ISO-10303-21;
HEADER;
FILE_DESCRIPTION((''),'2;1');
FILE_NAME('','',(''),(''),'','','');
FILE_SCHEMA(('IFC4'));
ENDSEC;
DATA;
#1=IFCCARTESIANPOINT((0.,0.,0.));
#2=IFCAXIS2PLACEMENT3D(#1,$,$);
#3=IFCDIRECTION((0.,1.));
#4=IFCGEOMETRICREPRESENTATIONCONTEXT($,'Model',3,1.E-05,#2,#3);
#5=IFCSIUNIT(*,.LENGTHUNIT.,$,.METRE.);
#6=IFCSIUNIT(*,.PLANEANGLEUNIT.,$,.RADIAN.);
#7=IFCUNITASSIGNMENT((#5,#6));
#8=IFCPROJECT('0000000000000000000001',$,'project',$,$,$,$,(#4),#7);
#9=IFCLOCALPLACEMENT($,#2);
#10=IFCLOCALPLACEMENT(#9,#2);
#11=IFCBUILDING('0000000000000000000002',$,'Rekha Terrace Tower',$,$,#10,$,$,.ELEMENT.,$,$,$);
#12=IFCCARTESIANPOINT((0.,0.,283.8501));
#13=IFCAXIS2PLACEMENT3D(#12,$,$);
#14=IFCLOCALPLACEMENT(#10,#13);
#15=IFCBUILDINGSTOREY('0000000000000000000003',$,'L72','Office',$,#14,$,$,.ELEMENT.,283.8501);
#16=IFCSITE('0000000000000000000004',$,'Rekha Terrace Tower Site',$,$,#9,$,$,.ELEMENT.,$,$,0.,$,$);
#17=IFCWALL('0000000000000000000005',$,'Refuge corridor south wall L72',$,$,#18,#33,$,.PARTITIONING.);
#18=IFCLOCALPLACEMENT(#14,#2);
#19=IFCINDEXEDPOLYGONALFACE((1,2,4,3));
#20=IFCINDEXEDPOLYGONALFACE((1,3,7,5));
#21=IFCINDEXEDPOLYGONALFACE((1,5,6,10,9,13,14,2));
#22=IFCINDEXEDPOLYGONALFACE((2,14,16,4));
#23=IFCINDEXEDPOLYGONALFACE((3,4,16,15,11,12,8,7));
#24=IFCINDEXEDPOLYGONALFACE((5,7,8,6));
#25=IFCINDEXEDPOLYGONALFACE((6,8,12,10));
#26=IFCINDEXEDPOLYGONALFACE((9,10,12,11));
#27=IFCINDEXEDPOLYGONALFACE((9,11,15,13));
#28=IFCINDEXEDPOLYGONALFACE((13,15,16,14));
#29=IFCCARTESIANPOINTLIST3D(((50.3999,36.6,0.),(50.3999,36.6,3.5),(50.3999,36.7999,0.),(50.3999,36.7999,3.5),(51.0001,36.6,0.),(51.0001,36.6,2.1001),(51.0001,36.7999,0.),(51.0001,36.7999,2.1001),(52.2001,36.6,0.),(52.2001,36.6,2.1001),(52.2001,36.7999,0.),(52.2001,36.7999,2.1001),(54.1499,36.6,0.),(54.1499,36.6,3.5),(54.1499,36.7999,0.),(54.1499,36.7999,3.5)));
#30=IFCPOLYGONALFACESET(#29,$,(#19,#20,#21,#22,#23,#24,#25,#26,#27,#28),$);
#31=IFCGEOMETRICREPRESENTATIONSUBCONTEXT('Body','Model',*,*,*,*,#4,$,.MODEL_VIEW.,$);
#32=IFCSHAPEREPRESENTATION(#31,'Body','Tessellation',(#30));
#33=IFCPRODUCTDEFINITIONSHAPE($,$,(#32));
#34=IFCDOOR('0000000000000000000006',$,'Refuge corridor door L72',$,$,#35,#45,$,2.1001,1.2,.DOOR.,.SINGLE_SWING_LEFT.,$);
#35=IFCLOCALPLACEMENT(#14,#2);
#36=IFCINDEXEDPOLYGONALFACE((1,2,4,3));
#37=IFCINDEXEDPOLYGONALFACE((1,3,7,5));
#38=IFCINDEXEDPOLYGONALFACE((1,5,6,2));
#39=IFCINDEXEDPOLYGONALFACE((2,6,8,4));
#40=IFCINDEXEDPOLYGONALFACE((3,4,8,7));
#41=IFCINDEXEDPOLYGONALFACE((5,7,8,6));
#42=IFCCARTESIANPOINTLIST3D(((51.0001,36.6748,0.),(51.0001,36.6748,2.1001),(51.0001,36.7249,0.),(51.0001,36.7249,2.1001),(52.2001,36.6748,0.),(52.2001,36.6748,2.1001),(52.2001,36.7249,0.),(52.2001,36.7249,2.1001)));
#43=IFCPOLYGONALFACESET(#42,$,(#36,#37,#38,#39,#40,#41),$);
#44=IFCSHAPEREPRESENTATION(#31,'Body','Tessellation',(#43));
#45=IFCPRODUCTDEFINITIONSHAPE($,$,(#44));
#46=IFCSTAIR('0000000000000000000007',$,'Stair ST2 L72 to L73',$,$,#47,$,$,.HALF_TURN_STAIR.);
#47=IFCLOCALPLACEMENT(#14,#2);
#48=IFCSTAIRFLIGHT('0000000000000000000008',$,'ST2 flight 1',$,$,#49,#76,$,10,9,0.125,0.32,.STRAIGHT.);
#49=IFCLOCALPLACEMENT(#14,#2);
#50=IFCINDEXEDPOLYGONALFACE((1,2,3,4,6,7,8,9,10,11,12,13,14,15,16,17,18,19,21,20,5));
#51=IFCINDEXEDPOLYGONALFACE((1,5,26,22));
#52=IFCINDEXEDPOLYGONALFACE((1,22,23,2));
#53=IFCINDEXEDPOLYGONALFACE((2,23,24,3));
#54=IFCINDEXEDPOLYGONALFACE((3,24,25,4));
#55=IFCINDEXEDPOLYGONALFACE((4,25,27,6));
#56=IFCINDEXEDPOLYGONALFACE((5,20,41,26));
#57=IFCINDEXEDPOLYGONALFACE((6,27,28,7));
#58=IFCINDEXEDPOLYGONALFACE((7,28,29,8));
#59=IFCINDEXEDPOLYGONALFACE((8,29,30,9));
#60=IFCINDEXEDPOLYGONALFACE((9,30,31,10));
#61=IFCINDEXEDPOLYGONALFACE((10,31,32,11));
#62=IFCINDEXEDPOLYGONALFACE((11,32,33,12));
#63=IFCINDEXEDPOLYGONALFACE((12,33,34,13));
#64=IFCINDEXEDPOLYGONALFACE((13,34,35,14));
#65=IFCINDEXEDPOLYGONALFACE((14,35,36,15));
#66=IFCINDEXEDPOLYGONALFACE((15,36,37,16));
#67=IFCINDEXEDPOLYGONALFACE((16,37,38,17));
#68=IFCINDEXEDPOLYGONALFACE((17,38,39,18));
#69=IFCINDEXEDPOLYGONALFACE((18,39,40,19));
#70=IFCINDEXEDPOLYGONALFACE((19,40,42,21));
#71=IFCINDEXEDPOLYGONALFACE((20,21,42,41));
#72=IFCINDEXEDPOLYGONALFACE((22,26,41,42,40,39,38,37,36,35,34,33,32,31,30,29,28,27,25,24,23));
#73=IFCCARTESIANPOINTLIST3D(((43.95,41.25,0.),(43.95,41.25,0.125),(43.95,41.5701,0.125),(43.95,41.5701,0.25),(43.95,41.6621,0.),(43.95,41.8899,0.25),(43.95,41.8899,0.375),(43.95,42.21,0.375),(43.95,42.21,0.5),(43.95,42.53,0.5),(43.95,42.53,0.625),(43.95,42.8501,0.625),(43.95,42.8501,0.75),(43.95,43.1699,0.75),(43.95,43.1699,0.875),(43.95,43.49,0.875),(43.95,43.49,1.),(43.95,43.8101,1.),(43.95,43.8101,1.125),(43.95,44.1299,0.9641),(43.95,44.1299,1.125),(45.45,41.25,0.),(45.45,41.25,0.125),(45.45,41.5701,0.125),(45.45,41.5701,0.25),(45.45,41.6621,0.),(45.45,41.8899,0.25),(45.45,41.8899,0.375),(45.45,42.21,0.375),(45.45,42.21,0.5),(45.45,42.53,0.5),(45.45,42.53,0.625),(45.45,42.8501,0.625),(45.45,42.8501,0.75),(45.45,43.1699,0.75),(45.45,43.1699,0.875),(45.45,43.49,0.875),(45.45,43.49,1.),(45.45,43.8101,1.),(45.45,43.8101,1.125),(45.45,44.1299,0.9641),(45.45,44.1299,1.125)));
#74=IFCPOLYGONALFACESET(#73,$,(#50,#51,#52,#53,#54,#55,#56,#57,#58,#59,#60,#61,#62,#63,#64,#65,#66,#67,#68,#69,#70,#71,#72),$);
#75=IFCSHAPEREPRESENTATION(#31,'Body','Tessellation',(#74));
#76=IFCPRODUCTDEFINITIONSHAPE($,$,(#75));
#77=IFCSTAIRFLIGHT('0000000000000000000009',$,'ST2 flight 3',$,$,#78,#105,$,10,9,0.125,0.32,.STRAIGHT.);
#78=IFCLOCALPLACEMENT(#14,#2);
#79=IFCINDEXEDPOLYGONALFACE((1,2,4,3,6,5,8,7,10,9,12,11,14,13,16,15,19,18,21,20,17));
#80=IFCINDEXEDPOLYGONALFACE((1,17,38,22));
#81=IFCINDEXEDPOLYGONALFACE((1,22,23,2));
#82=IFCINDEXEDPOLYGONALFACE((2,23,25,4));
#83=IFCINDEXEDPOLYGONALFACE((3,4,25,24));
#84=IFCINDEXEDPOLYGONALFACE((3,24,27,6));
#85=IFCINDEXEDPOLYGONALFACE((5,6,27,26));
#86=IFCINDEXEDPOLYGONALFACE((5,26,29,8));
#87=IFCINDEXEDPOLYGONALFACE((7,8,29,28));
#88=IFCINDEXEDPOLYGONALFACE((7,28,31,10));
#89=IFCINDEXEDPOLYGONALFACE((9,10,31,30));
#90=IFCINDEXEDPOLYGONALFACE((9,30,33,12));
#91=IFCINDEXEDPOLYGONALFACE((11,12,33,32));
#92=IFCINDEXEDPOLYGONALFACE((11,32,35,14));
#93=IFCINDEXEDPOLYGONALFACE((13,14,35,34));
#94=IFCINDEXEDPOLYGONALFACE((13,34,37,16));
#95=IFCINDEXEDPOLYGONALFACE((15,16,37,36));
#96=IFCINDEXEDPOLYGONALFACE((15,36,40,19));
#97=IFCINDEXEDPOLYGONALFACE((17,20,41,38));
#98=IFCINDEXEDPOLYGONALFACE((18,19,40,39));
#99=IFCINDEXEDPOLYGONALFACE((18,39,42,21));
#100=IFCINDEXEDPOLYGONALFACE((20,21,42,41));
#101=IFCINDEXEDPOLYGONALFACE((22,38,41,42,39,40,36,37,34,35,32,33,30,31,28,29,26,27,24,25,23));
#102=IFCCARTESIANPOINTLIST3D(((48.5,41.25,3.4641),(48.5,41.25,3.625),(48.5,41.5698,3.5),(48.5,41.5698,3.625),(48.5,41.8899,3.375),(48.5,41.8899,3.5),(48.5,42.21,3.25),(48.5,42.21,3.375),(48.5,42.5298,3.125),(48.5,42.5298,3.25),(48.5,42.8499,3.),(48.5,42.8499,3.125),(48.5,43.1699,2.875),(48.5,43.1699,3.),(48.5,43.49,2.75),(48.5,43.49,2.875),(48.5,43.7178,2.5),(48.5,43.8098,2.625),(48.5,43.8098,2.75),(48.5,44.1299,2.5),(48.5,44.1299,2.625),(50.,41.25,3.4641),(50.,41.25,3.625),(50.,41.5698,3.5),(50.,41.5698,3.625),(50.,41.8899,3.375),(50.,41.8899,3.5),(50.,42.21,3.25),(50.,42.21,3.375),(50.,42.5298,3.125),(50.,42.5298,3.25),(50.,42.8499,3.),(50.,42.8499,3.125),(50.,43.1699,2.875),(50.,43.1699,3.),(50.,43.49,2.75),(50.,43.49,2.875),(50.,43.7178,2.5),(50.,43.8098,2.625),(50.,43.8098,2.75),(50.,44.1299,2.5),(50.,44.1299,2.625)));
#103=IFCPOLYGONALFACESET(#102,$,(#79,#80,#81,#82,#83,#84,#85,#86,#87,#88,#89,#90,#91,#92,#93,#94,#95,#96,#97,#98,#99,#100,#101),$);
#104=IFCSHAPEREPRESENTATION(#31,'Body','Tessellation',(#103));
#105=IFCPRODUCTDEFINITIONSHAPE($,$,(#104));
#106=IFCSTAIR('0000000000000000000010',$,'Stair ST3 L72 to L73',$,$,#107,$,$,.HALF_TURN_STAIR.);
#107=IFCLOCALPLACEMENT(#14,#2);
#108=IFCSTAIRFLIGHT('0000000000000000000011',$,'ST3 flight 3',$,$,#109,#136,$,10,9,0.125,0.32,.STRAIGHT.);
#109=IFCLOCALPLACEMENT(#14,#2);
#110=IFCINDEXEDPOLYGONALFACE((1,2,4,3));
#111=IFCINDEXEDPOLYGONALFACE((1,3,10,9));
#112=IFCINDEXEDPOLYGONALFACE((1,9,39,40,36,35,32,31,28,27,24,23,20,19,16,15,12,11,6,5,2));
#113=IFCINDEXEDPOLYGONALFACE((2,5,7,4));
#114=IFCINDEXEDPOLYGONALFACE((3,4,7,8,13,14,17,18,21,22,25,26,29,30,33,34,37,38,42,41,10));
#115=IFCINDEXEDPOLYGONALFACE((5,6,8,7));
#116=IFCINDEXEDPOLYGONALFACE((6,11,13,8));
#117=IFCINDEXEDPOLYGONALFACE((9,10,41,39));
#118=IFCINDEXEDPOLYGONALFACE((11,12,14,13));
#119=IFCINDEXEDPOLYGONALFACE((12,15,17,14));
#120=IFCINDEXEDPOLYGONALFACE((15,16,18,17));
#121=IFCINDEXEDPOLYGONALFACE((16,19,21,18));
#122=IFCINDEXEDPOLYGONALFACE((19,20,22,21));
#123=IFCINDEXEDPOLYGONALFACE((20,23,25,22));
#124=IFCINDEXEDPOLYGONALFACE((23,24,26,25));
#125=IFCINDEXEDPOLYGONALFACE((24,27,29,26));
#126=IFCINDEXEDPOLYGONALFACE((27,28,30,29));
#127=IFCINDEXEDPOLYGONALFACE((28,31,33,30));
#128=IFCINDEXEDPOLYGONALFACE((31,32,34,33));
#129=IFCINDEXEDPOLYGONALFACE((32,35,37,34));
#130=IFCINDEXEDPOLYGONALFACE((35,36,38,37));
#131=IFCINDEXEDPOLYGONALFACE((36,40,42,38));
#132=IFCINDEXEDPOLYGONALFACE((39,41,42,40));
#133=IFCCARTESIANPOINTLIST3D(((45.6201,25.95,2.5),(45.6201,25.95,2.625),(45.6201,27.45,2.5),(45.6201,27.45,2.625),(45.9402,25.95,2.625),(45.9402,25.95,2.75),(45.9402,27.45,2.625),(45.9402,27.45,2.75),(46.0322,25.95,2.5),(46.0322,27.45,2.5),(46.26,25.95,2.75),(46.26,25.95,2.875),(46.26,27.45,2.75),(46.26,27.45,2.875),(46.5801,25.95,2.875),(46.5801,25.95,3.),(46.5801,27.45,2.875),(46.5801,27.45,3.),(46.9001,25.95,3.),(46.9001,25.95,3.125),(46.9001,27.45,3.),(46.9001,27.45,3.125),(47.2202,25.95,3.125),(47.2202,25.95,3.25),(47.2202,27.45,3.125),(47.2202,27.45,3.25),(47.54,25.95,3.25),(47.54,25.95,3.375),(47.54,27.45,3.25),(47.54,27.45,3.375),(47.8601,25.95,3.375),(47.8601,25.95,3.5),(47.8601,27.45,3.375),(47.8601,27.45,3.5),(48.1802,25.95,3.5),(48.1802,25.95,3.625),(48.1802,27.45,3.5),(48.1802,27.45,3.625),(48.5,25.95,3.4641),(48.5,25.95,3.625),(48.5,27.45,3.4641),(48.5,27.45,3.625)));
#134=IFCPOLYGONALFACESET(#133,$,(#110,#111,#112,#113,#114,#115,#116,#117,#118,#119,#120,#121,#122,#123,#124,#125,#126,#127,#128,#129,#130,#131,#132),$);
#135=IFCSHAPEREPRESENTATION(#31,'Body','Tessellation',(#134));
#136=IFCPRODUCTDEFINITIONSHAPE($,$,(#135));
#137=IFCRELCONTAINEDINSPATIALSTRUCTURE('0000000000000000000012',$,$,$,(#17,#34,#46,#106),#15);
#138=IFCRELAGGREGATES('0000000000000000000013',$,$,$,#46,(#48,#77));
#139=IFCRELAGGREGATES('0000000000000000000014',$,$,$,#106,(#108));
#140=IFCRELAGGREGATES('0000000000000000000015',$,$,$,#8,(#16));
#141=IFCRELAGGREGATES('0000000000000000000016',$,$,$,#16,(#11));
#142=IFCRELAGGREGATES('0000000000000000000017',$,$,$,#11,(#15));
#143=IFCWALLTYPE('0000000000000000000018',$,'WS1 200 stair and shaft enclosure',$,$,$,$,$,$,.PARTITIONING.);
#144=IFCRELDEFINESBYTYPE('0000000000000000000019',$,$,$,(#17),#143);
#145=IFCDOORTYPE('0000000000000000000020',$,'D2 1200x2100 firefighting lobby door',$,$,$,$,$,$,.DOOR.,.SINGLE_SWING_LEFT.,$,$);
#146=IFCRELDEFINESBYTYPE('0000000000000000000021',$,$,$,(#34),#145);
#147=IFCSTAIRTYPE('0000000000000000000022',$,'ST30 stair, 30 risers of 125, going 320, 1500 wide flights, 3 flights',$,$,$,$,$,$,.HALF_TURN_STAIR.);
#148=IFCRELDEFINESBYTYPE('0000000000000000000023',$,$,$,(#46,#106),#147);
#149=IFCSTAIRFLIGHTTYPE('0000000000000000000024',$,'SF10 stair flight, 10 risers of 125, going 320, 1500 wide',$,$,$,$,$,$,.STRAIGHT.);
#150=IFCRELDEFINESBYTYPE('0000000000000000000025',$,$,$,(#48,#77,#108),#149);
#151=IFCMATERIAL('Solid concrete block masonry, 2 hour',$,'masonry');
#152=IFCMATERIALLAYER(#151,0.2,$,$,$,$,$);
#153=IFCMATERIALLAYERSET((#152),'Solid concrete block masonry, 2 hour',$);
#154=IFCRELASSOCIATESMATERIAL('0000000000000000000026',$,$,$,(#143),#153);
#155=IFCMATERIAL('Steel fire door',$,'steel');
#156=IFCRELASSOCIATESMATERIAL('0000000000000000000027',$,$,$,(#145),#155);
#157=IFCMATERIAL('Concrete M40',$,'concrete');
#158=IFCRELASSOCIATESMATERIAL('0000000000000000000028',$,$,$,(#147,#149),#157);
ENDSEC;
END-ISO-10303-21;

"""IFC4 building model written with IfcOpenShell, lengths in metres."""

from ifc_helpers import new_model, si_unit, direction, frame, frame_2d, origin, place, context, subcontext, project, spatial, polyline, rectangle, outline, extrude, material, layer, layer_set, type_object, element, fill, aggregate, save


model = new_model("IFC4")

# Units and contexts
model_context = context("Model", 3, precision=1e-05, world=origin(), true_north=direction((0.0, 1.0)))
body_context = subcontext(model_context, "Body", "Model", "MODEL_VIEW")
ifc_project = project(units=[si_unit("LENGTHUNIT", "METRE"), si_unit("PLANEANGLEUNIT", "RADIAN")], contexts=[model_context])

# Site, building, storey
site_placement = place(None, origin())
site = spatial("IfcSite", under=ifc_project, at=site_placement, Name="Rekha Terrace Tower Site", CompositionType="ELEMENT", RefElevation=0.0)
building_placement = place(site_placement, origin())
building = spatial("IfcBuilding", under=site, at=building_placement, Name="Rekha Terrace Tower", CompositionType="ELEMENT")
storey_placement = place(building_placement, frame((0.0, 0.0, 283.8501)))
storey = spatial("IfcBuildingStorey", under=building, at=storey_placement, Name="L72", Description="Office", CompositionType="ELEMENT", Elevation=283.8501)

# Shared definitions
ifc_material_1 = material(Name="Steel fire door", Category="steel")

# Shared definitions
ifc_material_2 = material(Name="Solid concrete block masonry, 2 hour", Category="masonry")
ifc_layer_1 = layer(ifc_material_2, 0.2)
ifc_layer_set_1 = layer_set([ifc_layer_1], Name="Solid concrete block masonry, 2 hour")
wall_type_1 = type_object("IfcWallType", Name="WS1 200 stair and shaft enclosure", PredefinedType="PARTITIONING", material=ifc_layer_set_1)

# Wall, opening, door
wall_1_placement = place(storey_placement, frame((50.3999, 36.7, 0.0), z_axis=(0.0, 0.0, 1.0), x_axis=(1.0, 0.0, 0.0)))
wall_1 = element("IfcWall", 1, at=wall_1_placement, inside=storey, type_object=wall_type_1, Name="Refuge corridor south wall L72", PredefinedType="PARTITIONING", context=body_context, shape_type="SweptSolid", body=[
    extrude(rectangle(XDim=3.75, YDim=0.2, at=frame_2d((1.875, 0.0))), origin(), (0.0, 0.0, 1.0), 3.5),
])
opening_1_placement = place(wall_1_placement, frame((0.6001, 0.0, 0.0)))
opening_1 = element("IfcOpeningElement", 2, at=opening_1_placement, cuts=wall_1, PredefinedType="OPENING", context=body_context, shape_type="SweptSolid", body=[
    extrude(rectangle(XDim=1.2, YDim=2.1001, at=frame_2d((0.6001, 1.05))), frame((0.0, 0.1099, 0.0), z_axis=(0.0, -1.0, 0.0), x_axis=(1.0, 0.0, 0.0)), (0.0, 0.0, 1.0), 0.22),
])
door_type_1 = type_object("IfcDoorType", Name="D2 1200x2100 firefighting lobby door", OperationType="SINGLE_SWING_LEFT", PredefinedType="DOOR", material=ifc_material_1)
door_1_placement = place(opening_1_placement, origin())
door_1 = element("IfcDoor", 3, at=door_1_placement, inside=storey, type_object=door_type_1, Name="Refuge corridor door L72", OperationType="SINGLE_SWING_LEFT", OverallHeight=2.1001, OverallWidth=1.2, PredefinedType="DOOR", context=body_context, shape_type="SweptSolid", body=[
    extrude(rectangle(XDim=1.2, YDim=2.1001, at=frame_2d((0.6001, 1.05))), frame((0.0, 0.0249, 0.0), z_axis=(0.0, -1.0, 0.0), x_axis=(1.0, 0.0, 0.0)), (0.0, 0.0, 1.0), 0.05),
])
fill(opening_1, door_1)

# Stair, stair flights
ifc_material_3 = material(Name="Concrete M40", Category="concrete")
stair_type = type_object("IfcStairType", Name="ST30 stair, 30 risers of 125, going 320, 1500 wide flights, 3 flights", PredefinedType="HALF_TURN_STAIR", material=ifc_material_3)
stair_1_placement = place(storey_placement, origin())
stair_1 = element("IfcStair", 4, at=stair_1_placement, inside=storey, type_object=stair_type, Name="Stair ST2 L72 to L73", PredefinedType="HALF_TURN_STAIR")
stair_flight_type = type_object("IfcStairFlightType", Name="SF10 stair flight, 10 risers of 125, going 320, 1500 wide", PredefinedType="STRAIGHT", material=ifc_material_3)
stair_flight_1_placement = place(storey_placement, frame((44.7, 41.25, 0.0), z_axis=(0.0, 0.0, 1.0), x_axis=(0.0, 1.0, 0.0)))
stair_flight_1 = element("IfcStairFlight", 5, at=stair_flight_1_placement, type_object=stair_flight_type, Name="ST2 flight 1", NumberOfRisers=10, NumberOfTreads=9, PredefinedType="STRAIGHT", RiserHeight=0.125, TreadLength=0.32, context=body_context, shape_type="SweptSolid", body=[
    extrude(outline(polyline([(0.0, 0.0), (0.0, 0.125), (0.3201, 0.125), (0.3201, 0.25), (0.6399, 0.25), (0.6399, 0.375), (0.96, 0.375), (0.96, 0.5), (1.28, 0.5), (1.28, 0.625), (1.6001, 0.625), (1.6001, 0.75), (1.9199, 0.75), (1.9199, 0.875), (2.24, 0.875), (2.24, 1.0), (2.5601, 1.0), (2.5601, 1.125), (2.8799, 1.125), (2.8799, 1.25), (2.8799, 0.9641), (0.4121, 0.0), (0.0, 0.0)])), frame((0.0, 0.75, 0.0), z_axis=(0.0, -1.0, 0.0), x_axis=(1.0, 0.0, 0.0)), (0.0, 0.0, 1.0), 1.5),
])
stair_flight_2_placement = place(storey_placement, frame((49.25, 44.1299, 2.5), z_axis=(0.0, 0.0, 1.0), x_axis=(0.0, -1.0, 0.0)))
stair_flight_2 = element("IfcStairFlight", 6, at=stair_flight_2_placement, type_object=stair_flight_type, Name="ST2 flight 3", NumberOfRisers=10, NumberOfTreads=9, PredefinedType="STRAIGHT", RiserHeight=0.125, TreadLength=0.32, context=body_context, shape_type="SweptSolid", body=[
    extrude(outline(polyline([(0.0, 0.0), (0.0, 0.125), (0.3201, 0.125), (0.3201, 0.25), (0.6399, 0.25), (0.6399, 0.375), (0.96, 0.375), (0.96, 0.5), (1.28, 0.5), (1.28, 0.625), (1.6001, 0.625), (1.6001, 0.75), (1.9199, 0.75), (1.9199, 0.875), (2.24, 0.875), (2.24, 1.0), (2.5601, 1.0), (2.5601, 1.125), (2.8799, 1.125), (2.8799, 1.25), (2.8799, 0.9641), (0.4121, 0.0), (0.0, 0.0)])), frame((0.0, 0.75, 0.0), z_axis=(0.0, -1.0, 0.0), x_axis=(1.0, 0.0, 0.0)), (0.0, 0.0, 1.0), 1.5),
])
aggregate(stair_1, [stair_flight_1, stair_flight_2])

# Stair, stair flight
stair_2_placement = place(storey_placement, origin())
stair_2 = element("IfcStair", 7, at=stair_2_placement, inside=storey, type_object=stair_type, Name="Stair ST3 L72 to L73", PredefinedType="HALF_TURN_STAIR")
stair_flight_3_placement = place(storey_placement, frame((45.6201, 26.7, 2.5), z_axis=(0.0, 0.0, 1.0), x_axis=(1.0, 0.0, 0.0)))
stair_flight_3 = element("IfcStairFlight", 8, at=stair_flight_3_placement, type_object=stair_flight_type, Name="ST3 flight 3", NumberOfRisers=10, NumberOfTreads=9, PredefinedType="STRAIGHT", RiserHeight=0.125, TreadLength=0.32, context=body_context, shape_type="SweptSolid", body=[
    extrude(outline(polyline([(0.0, 0.0), (0.0, 0.125), (0.3201, 0.125), (0.3201, 0.25), (0.6399, 0.25), (0.6399, 0.375), (0.96, 0.375), (0.96, 0.5), (1.28, 0.5), (1.28, 0.625), (1.6001, 0.625), (1.6001, 0.75), (1.9199, 0.75), (1.9199, 0.875), (2.24, 0.875), (2.24, 1.0), (2.5601, 1.0), (2.5601, 1.125), (2.8799, 1.125), (2.8799, 1.25), (2.8799, 0.9641), (0.4121, 0.0), (0.0, 0.0)])), frame((0.0, 0.75, 0.0), z_axis=(0.0, -1.0, 0.0), x_axis=(1.0, 0.0, 0.0)), (0.0, 0.0, 1.0), 1.5),
])
aggregate(stair_2, [stair_flight_3])

save(model, "model.ifc")
